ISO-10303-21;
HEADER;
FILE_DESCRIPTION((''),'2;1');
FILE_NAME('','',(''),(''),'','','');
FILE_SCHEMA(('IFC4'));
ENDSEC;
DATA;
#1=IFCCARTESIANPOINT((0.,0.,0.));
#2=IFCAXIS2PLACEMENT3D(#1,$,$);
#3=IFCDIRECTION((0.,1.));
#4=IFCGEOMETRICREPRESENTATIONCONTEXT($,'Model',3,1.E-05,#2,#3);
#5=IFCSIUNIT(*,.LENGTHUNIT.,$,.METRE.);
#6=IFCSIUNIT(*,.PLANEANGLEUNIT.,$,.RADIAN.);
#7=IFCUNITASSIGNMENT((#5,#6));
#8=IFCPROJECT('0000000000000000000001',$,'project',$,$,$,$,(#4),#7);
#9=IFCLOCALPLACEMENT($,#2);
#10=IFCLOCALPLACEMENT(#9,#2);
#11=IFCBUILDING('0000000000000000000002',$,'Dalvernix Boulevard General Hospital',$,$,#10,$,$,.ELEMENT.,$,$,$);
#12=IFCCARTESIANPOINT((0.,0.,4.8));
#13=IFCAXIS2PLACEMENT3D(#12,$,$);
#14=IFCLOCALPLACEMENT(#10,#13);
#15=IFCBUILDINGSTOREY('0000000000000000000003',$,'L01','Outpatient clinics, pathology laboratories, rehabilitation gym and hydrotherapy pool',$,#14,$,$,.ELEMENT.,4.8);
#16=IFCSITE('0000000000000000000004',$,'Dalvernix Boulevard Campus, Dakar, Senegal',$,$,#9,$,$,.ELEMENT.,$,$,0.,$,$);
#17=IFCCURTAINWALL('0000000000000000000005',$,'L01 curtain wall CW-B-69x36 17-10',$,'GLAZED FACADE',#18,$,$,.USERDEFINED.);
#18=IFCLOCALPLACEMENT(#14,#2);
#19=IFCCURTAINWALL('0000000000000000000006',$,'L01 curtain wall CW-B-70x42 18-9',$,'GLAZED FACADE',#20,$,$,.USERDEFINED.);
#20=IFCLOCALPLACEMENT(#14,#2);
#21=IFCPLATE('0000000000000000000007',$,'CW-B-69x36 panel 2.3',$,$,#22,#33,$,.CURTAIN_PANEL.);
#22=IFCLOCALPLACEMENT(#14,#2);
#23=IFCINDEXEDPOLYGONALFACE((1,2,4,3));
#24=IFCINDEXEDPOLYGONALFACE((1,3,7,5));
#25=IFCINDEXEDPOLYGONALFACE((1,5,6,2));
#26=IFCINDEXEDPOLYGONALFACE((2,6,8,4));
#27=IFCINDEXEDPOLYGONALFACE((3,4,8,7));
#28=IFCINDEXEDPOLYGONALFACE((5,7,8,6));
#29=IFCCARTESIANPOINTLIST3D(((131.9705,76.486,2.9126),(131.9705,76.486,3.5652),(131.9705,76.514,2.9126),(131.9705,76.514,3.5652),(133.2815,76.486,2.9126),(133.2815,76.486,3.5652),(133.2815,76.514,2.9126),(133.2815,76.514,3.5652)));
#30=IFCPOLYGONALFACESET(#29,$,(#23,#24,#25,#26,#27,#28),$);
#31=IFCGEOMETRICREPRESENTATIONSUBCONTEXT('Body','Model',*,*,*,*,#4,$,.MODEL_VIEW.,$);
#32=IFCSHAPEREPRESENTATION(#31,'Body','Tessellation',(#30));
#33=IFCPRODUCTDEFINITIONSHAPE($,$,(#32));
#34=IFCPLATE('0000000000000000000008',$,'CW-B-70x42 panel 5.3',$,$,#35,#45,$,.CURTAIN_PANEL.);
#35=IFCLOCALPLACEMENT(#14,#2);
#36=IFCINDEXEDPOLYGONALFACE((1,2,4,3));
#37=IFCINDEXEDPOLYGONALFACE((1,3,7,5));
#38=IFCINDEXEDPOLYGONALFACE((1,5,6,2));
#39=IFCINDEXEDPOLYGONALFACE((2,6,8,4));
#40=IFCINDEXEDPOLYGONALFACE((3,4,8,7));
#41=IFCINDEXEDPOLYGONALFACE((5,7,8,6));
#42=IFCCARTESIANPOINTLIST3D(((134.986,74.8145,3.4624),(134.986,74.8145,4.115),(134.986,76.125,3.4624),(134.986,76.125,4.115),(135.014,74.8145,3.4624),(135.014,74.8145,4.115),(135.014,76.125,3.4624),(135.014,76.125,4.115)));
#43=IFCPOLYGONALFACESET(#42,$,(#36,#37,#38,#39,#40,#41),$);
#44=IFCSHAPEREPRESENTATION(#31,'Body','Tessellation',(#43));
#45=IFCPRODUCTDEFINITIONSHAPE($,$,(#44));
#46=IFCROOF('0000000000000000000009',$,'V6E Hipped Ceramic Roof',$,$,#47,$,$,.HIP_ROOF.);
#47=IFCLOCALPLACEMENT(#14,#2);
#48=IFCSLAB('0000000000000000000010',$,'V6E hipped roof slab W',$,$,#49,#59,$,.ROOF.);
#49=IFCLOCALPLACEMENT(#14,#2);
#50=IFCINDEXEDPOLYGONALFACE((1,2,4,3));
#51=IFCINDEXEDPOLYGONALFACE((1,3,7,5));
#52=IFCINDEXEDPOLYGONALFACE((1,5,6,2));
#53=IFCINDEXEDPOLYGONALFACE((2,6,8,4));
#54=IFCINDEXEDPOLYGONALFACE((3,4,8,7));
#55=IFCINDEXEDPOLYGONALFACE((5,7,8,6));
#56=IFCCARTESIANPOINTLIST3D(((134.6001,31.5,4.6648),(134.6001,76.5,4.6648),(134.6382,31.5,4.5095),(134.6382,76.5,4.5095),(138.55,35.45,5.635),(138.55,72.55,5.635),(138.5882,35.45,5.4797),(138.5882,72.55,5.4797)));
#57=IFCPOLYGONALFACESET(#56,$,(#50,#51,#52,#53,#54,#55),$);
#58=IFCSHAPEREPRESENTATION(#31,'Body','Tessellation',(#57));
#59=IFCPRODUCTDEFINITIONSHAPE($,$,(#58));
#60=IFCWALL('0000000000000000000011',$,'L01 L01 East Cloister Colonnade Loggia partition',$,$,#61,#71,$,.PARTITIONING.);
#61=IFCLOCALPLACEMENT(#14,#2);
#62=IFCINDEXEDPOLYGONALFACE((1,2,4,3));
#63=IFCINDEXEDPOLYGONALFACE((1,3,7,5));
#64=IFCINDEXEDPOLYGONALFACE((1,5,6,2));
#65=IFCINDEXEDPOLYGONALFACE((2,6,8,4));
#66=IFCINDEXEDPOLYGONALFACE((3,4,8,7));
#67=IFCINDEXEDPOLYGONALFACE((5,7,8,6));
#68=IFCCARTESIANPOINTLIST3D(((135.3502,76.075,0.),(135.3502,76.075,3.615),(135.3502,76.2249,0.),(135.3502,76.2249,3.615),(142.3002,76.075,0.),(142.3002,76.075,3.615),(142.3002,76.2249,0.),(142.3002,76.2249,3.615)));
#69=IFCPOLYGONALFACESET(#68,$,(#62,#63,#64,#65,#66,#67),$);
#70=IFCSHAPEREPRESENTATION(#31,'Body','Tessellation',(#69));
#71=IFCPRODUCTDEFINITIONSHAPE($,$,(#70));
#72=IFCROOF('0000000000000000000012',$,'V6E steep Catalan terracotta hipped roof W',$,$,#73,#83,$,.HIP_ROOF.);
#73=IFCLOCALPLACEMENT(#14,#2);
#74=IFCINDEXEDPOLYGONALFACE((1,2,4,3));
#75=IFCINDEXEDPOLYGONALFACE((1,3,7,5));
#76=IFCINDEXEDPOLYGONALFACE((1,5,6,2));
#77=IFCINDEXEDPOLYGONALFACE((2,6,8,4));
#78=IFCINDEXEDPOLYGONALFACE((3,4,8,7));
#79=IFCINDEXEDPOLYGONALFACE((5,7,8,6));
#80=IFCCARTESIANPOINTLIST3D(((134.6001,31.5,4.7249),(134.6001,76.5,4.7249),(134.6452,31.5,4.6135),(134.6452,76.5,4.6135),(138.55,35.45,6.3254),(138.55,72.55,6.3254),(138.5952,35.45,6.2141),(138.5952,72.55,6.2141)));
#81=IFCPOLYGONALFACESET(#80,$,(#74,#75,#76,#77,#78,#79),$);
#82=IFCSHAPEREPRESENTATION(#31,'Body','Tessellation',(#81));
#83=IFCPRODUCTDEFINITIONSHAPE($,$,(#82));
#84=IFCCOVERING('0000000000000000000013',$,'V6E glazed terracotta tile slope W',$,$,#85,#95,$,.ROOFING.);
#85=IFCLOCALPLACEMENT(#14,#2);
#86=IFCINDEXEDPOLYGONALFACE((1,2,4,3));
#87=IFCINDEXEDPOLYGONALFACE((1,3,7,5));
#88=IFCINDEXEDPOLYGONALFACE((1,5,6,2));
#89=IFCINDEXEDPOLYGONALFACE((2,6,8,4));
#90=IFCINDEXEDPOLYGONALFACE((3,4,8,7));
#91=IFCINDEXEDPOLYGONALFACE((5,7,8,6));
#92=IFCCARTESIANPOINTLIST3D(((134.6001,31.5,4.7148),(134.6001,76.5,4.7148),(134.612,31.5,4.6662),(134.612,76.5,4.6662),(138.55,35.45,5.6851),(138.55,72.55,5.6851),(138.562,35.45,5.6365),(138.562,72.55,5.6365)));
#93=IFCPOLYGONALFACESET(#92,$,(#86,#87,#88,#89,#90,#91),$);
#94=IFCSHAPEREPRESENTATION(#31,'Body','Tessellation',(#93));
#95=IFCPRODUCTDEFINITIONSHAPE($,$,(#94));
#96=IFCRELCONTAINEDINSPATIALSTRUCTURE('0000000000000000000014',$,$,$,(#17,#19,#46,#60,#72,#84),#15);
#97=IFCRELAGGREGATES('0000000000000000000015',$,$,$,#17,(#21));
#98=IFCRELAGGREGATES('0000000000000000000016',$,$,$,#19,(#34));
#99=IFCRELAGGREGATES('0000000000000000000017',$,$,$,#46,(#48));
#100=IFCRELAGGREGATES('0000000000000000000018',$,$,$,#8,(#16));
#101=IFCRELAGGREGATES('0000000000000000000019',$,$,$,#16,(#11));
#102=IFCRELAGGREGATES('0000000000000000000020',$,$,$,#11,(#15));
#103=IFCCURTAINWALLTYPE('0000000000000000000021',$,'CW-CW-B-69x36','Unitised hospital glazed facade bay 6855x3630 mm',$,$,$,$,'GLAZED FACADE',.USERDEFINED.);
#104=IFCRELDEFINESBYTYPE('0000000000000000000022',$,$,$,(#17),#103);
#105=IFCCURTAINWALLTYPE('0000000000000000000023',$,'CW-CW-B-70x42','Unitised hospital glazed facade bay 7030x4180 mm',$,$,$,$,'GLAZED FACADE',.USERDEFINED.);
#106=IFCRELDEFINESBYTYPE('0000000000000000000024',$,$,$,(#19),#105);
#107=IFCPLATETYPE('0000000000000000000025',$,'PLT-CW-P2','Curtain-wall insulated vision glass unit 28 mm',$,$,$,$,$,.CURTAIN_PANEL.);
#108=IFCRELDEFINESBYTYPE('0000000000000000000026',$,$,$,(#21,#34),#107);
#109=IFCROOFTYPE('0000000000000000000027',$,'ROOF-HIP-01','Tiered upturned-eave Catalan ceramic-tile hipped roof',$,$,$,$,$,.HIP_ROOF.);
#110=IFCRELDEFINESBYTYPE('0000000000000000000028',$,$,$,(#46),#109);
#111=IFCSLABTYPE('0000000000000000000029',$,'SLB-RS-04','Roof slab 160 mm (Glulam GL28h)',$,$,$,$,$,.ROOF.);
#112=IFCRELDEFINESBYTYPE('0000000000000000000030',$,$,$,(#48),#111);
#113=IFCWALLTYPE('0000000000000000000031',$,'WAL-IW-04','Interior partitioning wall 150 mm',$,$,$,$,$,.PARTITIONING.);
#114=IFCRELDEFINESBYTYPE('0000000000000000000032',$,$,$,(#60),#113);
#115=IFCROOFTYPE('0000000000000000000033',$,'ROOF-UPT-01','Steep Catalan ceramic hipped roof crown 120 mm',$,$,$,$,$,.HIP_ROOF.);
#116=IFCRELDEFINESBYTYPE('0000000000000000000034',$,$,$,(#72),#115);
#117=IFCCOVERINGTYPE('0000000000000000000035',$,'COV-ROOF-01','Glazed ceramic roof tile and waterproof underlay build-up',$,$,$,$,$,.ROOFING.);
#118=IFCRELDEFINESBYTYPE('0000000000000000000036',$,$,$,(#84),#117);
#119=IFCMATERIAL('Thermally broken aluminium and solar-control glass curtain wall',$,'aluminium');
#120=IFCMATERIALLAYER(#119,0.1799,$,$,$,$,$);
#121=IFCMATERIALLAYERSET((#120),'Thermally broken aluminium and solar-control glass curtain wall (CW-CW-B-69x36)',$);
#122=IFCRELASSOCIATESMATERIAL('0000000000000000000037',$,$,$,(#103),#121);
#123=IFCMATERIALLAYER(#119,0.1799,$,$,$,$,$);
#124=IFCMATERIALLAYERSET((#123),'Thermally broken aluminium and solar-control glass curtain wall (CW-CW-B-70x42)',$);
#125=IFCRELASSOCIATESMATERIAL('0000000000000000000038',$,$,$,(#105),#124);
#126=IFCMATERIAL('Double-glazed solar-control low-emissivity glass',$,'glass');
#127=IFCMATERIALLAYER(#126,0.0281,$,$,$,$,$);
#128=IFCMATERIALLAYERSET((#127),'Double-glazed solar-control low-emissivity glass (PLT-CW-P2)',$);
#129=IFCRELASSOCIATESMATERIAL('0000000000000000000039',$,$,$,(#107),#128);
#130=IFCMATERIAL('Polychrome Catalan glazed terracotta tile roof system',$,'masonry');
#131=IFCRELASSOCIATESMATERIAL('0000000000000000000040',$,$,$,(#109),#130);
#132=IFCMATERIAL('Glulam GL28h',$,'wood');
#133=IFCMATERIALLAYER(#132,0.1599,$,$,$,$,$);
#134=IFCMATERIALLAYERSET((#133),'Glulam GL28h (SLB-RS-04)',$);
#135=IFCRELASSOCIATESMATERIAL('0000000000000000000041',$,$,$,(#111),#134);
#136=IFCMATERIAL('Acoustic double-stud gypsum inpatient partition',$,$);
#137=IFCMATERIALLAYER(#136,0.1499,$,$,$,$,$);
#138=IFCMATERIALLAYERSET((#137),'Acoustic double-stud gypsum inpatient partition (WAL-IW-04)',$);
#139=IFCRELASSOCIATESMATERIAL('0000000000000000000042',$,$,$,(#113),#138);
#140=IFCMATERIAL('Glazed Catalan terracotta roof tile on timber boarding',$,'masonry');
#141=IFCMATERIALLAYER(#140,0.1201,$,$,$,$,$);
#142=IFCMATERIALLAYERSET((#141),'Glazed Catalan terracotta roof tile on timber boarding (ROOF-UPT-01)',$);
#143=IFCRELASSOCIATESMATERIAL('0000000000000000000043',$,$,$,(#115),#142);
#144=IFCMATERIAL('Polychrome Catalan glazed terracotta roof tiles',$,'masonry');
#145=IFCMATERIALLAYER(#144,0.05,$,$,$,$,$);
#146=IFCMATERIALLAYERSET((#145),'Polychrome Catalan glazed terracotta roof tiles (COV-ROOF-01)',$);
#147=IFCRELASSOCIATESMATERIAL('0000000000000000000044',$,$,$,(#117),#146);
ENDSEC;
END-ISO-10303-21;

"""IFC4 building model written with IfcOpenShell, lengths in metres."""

from ifc_helpers import new_model, si_unit, direction, frame, frame_2d, origin, origin_2d, place, context, subcontext, project, spatial, polyline, rectangle, outline, extrude, material, layer, layer_set, type_object, element, aggregate, save


model = new_model("IFC4")

# Units and contexts
model_context = context("Model", 3, precision=1e-05, world=origin(), true_north=direction((0.0, 1.0)))
body_context = subcontext(model_context, "Body", "Model", "MODEL_VIEW")
ifc_project = project(units=[si_unit("LENGTHUNIT", "METRE"), si_unit("PLANEANGLEUNIT", "RADIAN")], contexts=[model_context])

# Site, building, storey
site_placement = place(None, origin())
site = spatial("IfcSite", under=ifc_project, at=site_placement, Name="Dalvernix Boulevard Campus, Dakar, Senegal", CompositionType="ELEMENT", RefElevation=0.0)
building_placement = place(site_placement, origin())
building = spatial("IfcBuilding", under=site, at=building_placement, Name="Dalvernix Boulevard General Hospital", CompositionType="ELEMENT")
storey_placement = place(building_placement, frame((0.0, 0.0, 4.8)))
storey = spatial("IfcBuildingStorey", under=building, at=storey_placement, Name="L01", Description="Outpatient clinics, pathology laboratories, rehabilitation gym and hydrotherapy pool", CompositionType="ELEMENT", Elevation=4.8)

# Curtain wall
ifc_material_1 = material(Name="Thermally broken aluminium and solar-control glass curtain wall", Category="aluminium")
ifc_layer_1 = layer(ifc_material_1, 0.1799)
ifc_layer_set_1 = layer_set([ifc_layer_1], Name="Thermally broken aluminium and solar-control glass curtain wall (CW-CW-B-69x36)")
curtain_wall_type_1 = type_object("IfcCurtainWallType", Name="CW-CW-B-69x36", Description="Unitised hospital glazed facade bay 6855x3630 mm", ElementType="GLAZED FACADE", PredefinedType="USERDEFINED", material=ifc_layer_set_1)
curtain_wall_1_placement = place(storey_placement, origin())
curtain_wall_1 = element("IfcCurtainWall", 1, at=curtain_wall_1_placement, inside=storey, type_object=curtain_wall_type_1, Name="L01 curtain wall CW-B-69x36 17-10", ObjectType="GLAZED FACADE", PredefinedType="USERDEFINED")

# Curtain wall
ifc_layer_2 = layer(ifc_material_1, 0.1799)
ifc_layer_set_2 = layer_set([ifc_layer_2], Name="Thermally broken aluminium and solar-control glass curtain wall (CW-CW-B-70x42)")
curtain_wall_type_2 = type_object("IfcCurtainWallType", Name="CW-CW-B-70x42", Description="Unitised hospital glazed facade bay 7030x4180 mm", ElementType="GLAZED FACADE", PredefinedType="USERDEFINED", material=ifc_layer_set_2)
curtain_wall_2_placement = place(storey_placement, origin())
curtain_wall_2 = element("IfcCurtainWall", 2, at=curtain_wall_2_placement, inside=storey, type_object=curtain_wall_type_2, Name="L01 curtain wall CW-B-70x42 18-9", ObjectType="GLAZED FACADE", PredefinedType="USERDEFINED")

# Plates
ifc_material_2 = material(Name="Double-glazed solar-control low-emissivity glass", Category="glass")
ifc_layer_3 = layer(ifc_material_2, 0.0281)
ifc_layer_set_3 = layer_set([ifc_layer_3], Name="Double-glazed solar-control low-emissivity glass (PLT-CW-P2)")
plate_type = type_object("IfcPlateType", Name="PLT-CW-P2", Description="Curtain-wall insulated vision glass unit 28 mm", PredefinedType="CURTAIN_PANEL", material=ifc_layer_set_3)
plate_1_placement = place(storey_placement, frame((132.626, 76.5, 2.9126), z_axis=(0.0, 0.0, 1.0), x_axis=(-1.0, 0.0, 0.0)))
plate_1 = element("IfcPlate", 3, at=plate_1_placement, type_object=plate_type, Name="CW-B-69x36 panel 2.3", PredefinedType="CURTAIN_PANEL", context=body_context, shape_type="SweptSolid", body=[
    extrude(rectangle(XDim=1.311, YDim=0.0281, at=origin_2d()), origin(), (0.0, 0.0, 1.0), 0.6526),
])
aggregate(curtain_wall_1, [plate_1])
plate_2_placement = place(storey_placement, frame((135.0, 75.4697, 3.4624), z_axis=(0.0, 0.0, 1.0), x_axis=(0.0, 1.0, 0.0)))
plate_2 = element("IfcPlate", 4, at=plate_2_placement, type_object=plate_type, Name="CW-B-70x42 panel 5.3", PredefinedType="CURTAIN_PANEL", context=body_context, shape_type="SweptSolid", body=[
    extrude(rectangle(XDim=1.3105, YDim=0.0281, at=origin_2d()), origin(), (0.0, 0.0, 1.0), 0.6526),
])
aggregate(curtain_wall_2, [plate_2])

# Roof, slab
ifc_material_3 = material(Name="Polychrome Catalan glazed terracotta tile roof system", Category="masonry")
roof_type_1 = type_object("IfcRoofType", Name="ROOF-HIP-01", Description="Tiered upturned-eave Catalan ceramic-tile hipped roof", PredefinedType="HIP_ROOF", material=ifc_material_3)
roof_1_placement = place(storey_placement, origin())
roof_1 = element("IfcRoof", 5, at=roof_1_placement, inside=storey, type_object=roof_type_1, Name="V6E Hipped Ceramic Roof", PredefinedType="HIP_ROOF")
ifc_material_4 = material(Name="Glulam GL28h", Category="wood")
ifc_layer_4 = layer(ifc_material_4, 0.1599)
ifc_layer_set_4 = layer_set([ifc_layer_4], Name="Glulam GL28h (SLB-RS-04)")
slab_type = type_object("IfcSlabType", Name="SLB-RS-04", Description="Roof slab 160 mm (Glulam GL28h)", PredefinedType="ROOF", material=ifc_layer_set_4)
slab_placement = place(storey_placement, frame((134.6001, 76.5, 4.6648), z_axis=(-0.238537, 0.0, 0.971133), x_axis=(0.0, -1.0, 0.0)))
slab = element("IfcSlab", 6, at=slab_placement, type_object=slab_type, Name="V6E hipped roof slab W", PredefinedType="ROOF", context=body_context, shape_type="SweptSolid", body=[
    extrude(outline(polyline([(0.0, 0.0), (45.0, 0.0), (41.05, 4.0674), (3.95, 4.0674), (0.0, 0.0)])), origin(), (0.0, 0.0, -1.0), 0.1599),
])
aggregate(roof_1, [slab])

# Wall
ifc_material_5 = material(Name="Acoustic double-stud gypsum inpatient partition")
ifc_layer_5 = layer(ifc_material_5, 0.1499)
ifc_layer_set_5 = layer_set([ifc_layer_5], Name="Acoustic double-stud gypsum inpatient partition (WAL-IW-04)")
wall_type = type_object("IfcWallType", Name="WAL-IW-04", Description="Interior partitioning wall 150 mm", PredefinedType="PARTITIONING", material=ifc_layer_set_5)
wall_placement = place(storey_placement, frame((135.3501, 76.1499, 0.0), z_axis=(0.0, 0.0, 1.0), x_axis=(1.0, 0.0, 0.0)))
element("IfcWall", 7, at=wall_placement, inside=storey, type_object=wall_type, Name="L01 L01 East Cloister Colonnade Loggia partition", PredefinedType="PARTITIONING", context=body_context, shape_type="SweptSolid", body=[
    extrude(rectangle(XDim=6.95, YDim=0.1499, at=frame_2d((3.4751, 0.0))), origin(), (0.0, 0.0, 1.0), 3.615),
])

# Roof
ifc_material_6 = material(Name="Glazed Catalan terracotta roof tile on timber boarding", Category="masonry")
ifc_layer_6 = layer(ifc_material_6, 0.1201)
ifc_layer_set_6 = layer_set([ifc_layer_6], Name="Glazed Catalan terracotta roof tile on timber boarding (ROOF-UPT-01)")
roof_type_2 = type_object("IfcRoofType", Name="ROOF-UPT-01", Description="Steep Catalan ceramic hipped roof crown 120 mm", PredefinedType="HIP_ROOF", material=ifc_layer_set_6)
roof_2_placement = place(storey_placement, frame((134.6001, 76.5, 4.7249), z_axis=(-0.375555, 0.0, 0.9268), x_axis=(0.0, -1.0, 0.0)))
element("IfcRoof", 8, at=roof_2_placement, inside=storey, type_object=roof_type_2, Name="V6E steep Catalan terracotta hipped roof W", PredefinedType="HIP_ROOF", context=body_context, shape_type="SweptSolid", body=[
    extrude(outline(polyline([(0.0, 0.0), (45.0, 0.0), (41.05, 4.2619), (3.95, 4.2619), (0.0, 0.0)])), origin(), (0.0, 0.0, -1.0), 0.1201),
])

# Covering
ifc_material_7 = material(Name="Polychrome Catalan glazed terracotta roof tiles", Category="masonry")
ifc_layer_7 = layer(ifc_material_7, 0.05)
ifc_layer_set_7 = layer_set([ifc_layer_7], Name="Polychrome Catalan glazed terracotta roof tiles (COV-ROOF-01)")
covering_type = type_object("IfcCoveringType", Name="COV-ROOF-01", Description="Glazed ceramic roof tile and waterproof underlay build-up", PredefinedType="ROOFING", material=ifc_layer_set_7)
covering_placement = place(storey_placement, frame((134.6001, 76.5, 4.7148), z_axis=(-0.238537, 0.0, 0.971133), x_axis=(0.0, -1.0, 0.0)))
element("IfcCovering", 9, at=covering_placement, inside=storey, type_object=covering_type, Name="V6E glazed terracotta tile slope W", PredefinedType="ROOFING", context=body_context, shape_type="SweptSolid", body=[
    extrude(outline(polyline([(0.0, 0.0), (45.0, 0.0), (41.05, 4.0674), (3.95, 4.0674), (0.0, 0.0)])), origin(), (0.0, 0.0, -1.0), 0.05),
])

save(model, "model.ifc")
